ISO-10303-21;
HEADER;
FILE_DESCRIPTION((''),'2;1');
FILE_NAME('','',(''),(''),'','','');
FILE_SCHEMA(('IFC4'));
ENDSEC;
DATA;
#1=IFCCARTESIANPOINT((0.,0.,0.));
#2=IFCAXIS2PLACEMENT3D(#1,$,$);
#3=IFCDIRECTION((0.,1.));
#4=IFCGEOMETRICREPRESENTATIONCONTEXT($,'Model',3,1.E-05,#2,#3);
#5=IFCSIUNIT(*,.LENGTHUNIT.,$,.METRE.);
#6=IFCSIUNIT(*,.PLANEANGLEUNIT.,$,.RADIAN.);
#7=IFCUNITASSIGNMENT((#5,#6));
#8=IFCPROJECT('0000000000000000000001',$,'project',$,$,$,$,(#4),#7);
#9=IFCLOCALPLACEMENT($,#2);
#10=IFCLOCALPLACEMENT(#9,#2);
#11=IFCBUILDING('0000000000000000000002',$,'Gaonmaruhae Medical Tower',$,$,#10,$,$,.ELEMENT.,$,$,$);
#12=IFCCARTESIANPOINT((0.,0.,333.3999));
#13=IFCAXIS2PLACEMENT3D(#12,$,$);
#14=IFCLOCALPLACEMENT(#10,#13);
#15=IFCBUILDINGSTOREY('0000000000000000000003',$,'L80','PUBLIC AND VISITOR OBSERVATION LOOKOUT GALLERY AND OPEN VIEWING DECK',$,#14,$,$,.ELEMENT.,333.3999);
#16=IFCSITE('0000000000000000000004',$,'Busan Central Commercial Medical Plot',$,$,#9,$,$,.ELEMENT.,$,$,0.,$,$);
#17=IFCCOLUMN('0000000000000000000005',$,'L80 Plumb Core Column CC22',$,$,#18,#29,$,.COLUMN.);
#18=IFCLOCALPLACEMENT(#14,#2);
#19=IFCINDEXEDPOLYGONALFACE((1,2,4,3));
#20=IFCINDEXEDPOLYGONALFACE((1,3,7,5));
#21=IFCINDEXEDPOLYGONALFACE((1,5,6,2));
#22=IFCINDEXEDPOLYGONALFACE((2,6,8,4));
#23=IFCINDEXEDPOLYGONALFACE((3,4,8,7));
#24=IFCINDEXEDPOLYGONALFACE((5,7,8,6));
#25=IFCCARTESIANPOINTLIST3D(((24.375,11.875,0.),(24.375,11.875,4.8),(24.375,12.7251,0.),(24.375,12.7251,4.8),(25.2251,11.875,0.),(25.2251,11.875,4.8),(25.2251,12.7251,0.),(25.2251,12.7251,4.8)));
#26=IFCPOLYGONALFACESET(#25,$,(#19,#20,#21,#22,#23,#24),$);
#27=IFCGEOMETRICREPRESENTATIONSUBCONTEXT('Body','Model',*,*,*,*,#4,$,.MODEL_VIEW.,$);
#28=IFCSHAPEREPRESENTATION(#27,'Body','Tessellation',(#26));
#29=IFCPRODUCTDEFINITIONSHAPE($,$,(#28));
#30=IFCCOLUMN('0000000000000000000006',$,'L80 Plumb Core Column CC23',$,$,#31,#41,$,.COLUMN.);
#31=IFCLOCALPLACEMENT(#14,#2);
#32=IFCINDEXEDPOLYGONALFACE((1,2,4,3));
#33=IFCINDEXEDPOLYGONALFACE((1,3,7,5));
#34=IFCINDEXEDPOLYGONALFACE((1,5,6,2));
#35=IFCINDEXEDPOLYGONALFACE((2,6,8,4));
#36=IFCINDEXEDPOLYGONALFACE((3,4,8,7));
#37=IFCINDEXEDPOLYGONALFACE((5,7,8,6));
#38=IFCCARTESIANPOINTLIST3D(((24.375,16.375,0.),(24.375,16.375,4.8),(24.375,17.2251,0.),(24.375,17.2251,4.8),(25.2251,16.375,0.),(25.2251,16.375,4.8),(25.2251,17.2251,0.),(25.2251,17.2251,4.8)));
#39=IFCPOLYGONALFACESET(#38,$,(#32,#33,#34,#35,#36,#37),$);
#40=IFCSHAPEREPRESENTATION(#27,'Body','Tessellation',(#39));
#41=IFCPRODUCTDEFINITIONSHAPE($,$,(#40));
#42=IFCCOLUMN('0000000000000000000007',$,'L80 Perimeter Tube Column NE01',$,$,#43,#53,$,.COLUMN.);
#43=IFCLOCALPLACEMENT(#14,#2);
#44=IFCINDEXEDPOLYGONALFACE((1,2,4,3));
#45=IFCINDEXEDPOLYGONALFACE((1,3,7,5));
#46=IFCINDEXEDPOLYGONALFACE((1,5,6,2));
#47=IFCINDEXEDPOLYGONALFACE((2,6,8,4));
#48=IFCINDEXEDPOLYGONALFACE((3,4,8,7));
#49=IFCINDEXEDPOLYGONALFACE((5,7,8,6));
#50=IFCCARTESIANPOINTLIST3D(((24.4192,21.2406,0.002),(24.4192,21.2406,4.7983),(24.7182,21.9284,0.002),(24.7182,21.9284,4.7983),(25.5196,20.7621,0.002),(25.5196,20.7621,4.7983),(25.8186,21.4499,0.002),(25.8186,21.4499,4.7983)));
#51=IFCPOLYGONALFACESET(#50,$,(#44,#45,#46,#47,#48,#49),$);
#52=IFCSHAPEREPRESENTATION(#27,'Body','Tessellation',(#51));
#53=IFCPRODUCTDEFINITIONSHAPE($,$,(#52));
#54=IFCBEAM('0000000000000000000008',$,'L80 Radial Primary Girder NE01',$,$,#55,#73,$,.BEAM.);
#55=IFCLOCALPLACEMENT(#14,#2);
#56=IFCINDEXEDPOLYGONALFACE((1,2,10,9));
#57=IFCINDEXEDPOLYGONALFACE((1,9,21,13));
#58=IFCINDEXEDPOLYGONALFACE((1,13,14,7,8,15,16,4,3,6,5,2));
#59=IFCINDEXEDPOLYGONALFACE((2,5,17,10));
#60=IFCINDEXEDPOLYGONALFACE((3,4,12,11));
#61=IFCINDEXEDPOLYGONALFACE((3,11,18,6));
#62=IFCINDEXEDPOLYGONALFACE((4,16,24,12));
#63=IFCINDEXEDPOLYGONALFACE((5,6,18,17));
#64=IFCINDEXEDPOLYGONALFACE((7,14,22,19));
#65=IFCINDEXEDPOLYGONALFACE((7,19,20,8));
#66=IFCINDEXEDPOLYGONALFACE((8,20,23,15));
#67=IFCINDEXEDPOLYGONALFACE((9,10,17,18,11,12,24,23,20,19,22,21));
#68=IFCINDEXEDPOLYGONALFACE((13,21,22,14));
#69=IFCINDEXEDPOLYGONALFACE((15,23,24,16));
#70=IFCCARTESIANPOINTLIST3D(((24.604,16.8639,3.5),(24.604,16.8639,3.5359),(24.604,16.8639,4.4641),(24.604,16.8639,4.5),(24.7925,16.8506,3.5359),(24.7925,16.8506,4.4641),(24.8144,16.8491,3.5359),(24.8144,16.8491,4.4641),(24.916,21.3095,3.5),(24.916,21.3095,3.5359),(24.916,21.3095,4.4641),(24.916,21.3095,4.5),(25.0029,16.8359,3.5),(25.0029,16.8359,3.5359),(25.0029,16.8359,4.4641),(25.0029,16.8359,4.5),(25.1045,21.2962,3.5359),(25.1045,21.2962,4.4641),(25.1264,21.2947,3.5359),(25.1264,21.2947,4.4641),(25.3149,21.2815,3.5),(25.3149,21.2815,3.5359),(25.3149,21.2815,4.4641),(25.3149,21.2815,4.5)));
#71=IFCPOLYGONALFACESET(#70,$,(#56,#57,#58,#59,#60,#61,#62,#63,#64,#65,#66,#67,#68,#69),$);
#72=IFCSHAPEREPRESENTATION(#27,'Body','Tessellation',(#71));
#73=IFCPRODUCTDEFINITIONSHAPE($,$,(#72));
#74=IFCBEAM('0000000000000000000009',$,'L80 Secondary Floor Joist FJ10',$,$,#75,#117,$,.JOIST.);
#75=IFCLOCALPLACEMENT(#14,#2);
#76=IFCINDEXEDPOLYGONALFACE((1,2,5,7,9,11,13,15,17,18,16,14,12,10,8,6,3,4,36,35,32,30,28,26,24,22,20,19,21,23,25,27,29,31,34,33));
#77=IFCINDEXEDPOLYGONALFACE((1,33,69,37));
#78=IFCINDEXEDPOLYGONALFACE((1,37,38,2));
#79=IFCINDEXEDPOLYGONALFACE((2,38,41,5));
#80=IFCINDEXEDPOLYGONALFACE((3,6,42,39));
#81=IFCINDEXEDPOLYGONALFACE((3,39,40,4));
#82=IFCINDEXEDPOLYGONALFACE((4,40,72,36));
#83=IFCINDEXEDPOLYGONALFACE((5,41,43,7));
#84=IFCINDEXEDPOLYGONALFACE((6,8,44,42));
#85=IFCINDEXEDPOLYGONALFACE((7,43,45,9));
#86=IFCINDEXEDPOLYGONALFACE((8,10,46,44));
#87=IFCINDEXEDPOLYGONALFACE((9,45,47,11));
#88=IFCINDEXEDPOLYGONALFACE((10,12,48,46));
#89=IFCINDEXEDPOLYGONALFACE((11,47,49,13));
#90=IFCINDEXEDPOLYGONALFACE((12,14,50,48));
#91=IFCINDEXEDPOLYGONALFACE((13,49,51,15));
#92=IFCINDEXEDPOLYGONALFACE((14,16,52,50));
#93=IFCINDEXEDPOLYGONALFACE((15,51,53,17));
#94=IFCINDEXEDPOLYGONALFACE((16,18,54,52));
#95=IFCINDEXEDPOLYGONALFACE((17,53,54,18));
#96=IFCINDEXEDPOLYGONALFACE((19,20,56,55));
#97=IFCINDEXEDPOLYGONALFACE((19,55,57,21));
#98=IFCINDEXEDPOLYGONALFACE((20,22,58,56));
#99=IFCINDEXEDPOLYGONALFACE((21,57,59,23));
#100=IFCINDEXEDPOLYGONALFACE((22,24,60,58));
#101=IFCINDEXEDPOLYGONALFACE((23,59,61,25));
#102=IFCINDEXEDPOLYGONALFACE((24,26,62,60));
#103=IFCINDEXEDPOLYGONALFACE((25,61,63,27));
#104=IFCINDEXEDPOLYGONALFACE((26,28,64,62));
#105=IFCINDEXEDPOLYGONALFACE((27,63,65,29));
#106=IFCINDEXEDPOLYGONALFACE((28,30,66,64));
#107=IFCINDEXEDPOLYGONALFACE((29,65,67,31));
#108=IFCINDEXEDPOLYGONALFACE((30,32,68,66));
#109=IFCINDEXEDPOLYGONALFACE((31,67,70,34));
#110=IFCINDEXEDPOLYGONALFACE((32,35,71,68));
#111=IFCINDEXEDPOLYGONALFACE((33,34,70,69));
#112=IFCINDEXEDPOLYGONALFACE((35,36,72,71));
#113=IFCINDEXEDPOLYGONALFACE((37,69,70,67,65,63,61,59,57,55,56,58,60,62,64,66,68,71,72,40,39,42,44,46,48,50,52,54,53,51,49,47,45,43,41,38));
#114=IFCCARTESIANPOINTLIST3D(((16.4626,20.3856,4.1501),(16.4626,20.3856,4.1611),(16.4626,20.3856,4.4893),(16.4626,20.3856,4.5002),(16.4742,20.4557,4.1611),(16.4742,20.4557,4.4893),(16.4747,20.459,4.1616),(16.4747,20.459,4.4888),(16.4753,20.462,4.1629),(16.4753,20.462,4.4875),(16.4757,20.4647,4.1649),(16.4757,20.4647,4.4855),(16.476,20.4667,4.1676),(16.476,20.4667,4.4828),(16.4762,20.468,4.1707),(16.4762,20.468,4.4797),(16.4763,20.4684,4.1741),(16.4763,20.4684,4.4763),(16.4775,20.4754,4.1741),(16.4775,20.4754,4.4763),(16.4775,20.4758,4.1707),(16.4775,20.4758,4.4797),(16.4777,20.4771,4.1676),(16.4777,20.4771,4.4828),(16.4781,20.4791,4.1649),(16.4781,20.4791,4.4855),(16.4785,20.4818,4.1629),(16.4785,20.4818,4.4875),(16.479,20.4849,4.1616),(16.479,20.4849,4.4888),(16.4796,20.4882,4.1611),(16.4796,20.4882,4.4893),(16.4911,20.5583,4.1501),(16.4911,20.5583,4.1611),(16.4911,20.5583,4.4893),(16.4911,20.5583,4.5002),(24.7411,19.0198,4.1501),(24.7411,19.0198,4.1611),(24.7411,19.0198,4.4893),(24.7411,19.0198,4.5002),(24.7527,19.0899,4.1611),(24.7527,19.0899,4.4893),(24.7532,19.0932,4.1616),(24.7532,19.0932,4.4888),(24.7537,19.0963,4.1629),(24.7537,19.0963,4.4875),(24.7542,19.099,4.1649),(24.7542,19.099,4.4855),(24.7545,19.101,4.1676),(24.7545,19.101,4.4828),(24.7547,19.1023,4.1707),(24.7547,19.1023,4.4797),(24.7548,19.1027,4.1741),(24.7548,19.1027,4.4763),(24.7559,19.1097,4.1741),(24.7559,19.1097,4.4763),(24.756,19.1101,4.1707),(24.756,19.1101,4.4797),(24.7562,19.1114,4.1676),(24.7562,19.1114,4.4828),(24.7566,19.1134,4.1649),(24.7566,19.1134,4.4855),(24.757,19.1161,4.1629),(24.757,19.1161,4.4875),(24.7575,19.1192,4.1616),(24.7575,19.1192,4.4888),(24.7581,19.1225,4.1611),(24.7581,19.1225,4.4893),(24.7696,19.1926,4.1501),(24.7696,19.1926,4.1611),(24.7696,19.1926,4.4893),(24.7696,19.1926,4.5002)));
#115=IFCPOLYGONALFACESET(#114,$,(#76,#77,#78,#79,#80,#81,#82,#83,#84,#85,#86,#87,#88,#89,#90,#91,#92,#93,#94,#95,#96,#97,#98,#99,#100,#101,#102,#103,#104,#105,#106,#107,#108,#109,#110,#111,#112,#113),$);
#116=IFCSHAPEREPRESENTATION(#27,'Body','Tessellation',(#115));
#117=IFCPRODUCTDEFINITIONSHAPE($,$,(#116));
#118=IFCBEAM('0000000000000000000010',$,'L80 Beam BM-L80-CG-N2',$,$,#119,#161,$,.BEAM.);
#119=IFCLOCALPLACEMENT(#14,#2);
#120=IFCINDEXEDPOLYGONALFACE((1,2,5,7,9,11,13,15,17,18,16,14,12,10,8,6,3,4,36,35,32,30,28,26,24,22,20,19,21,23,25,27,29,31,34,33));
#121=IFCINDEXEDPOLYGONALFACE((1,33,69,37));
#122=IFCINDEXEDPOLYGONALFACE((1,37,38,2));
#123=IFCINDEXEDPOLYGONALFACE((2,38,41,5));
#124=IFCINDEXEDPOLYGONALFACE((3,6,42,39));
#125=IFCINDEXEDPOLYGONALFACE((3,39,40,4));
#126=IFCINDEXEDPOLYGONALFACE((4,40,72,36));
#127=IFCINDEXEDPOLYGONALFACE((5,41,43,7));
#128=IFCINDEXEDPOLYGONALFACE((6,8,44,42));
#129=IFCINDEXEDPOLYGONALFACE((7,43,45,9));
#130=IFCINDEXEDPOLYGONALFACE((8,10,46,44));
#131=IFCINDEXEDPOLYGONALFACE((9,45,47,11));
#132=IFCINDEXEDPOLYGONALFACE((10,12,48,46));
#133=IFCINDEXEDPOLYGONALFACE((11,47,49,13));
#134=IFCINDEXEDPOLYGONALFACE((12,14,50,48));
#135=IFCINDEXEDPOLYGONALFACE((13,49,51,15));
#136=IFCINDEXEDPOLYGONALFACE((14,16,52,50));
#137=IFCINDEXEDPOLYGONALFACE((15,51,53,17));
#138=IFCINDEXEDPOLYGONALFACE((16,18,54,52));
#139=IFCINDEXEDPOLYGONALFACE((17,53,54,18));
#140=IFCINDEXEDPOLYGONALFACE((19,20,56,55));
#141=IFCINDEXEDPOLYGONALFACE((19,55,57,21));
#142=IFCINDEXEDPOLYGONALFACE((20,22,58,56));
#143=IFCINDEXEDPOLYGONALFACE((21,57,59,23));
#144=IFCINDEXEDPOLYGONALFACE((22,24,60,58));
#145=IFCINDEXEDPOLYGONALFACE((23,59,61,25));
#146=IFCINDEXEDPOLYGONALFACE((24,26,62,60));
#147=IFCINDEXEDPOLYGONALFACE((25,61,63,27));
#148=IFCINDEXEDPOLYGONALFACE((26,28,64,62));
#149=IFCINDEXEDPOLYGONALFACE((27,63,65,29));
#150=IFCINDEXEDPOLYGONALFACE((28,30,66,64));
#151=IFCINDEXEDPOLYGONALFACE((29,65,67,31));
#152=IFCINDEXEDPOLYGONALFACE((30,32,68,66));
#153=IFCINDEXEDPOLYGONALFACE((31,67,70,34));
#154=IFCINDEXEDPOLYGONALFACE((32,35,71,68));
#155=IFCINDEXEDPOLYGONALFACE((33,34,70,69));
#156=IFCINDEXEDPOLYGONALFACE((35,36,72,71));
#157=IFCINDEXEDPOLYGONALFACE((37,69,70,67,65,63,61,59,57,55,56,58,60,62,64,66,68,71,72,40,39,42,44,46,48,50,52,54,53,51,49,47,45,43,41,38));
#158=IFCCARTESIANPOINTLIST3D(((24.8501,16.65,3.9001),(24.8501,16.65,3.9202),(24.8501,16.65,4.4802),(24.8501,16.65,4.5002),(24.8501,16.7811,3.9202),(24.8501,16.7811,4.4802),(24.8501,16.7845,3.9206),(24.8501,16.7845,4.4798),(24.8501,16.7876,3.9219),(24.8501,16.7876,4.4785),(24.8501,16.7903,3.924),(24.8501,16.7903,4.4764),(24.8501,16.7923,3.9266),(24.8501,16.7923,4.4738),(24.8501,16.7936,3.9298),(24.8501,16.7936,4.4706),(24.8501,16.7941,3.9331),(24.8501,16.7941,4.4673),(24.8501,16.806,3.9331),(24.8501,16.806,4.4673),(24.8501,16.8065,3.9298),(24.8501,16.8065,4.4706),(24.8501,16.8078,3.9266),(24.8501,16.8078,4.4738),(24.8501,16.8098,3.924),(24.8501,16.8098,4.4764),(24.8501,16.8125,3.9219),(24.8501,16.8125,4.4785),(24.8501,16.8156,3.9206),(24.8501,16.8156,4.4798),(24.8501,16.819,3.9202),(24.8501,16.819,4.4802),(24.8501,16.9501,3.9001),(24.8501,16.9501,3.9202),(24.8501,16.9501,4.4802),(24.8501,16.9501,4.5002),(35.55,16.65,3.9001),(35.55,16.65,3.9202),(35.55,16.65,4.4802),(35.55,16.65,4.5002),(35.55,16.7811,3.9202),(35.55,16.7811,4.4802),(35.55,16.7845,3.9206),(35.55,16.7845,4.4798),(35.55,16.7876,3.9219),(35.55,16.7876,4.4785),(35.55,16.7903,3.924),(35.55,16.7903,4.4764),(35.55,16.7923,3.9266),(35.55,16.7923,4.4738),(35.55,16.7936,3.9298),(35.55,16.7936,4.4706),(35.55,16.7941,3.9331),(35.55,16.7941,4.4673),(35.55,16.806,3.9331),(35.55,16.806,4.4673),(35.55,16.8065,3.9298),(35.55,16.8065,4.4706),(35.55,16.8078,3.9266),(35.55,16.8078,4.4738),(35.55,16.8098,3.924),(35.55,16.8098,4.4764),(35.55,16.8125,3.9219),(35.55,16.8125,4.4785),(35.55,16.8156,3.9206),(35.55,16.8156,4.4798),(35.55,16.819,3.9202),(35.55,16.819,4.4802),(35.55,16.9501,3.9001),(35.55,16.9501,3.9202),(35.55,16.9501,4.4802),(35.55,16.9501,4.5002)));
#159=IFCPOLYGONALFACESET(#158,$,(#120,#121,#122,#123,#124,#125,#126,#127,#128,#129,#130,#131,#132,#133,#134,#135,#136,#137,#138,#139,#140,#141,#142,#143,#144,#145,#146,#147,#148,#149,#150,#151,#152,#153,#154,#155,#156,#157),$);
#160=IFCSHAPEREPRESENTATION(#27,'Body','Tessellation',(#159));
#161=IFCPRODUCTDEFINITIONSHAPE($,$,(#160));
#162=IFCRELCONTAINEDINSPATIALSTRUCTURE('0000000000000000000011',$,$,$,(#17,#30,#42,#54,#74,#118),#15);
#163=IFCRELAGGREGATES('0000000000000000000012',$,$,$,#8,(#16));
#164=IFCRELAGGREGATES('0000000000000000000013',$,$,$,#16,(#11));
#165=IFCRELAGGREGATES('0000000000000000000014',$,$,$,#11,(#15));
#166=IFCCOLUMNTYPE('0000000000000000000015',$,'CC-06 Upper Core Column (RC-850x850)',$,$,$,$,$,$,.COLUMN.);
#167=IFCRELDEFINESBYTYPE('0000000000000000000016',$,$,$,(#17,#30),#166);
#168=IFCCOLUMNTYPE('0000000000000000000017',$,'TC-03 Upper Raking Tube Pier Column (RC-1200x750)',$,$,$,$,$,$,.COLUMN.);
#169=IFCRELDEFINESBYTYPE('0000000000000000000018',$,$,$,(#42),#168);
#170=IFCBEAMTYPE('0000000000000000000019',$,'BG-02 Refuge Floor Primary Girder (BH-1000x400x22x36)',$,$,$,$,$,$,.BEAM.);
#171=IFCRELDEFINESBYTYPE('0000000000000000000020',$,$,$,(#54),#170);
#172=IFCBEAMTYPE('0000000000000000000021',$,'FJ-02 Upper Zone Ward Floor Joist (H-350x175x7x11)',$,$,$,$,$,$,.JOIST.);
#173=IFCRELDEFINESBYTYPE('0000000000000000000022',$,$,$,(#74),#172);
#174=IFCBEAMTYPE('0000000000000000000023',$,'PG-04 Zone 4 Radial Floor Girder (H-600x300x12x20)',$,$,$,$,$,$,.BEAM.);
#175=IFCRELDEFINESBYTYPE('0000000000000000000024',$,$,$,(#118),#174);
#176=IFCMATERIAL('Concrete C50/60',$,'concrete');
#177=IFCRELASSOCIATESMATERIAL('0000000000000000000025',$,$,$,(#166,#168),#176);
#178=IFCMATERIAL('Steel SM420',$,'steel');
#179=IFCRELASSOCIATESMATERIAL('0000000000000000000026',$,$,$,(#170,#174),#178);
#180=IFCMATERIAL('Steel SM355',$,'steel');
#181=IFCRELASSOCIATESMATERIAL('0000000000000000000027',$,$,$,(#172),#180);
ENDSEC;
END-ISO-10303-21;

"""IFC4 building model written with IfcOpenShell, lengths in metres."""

from ifc_helpers import new_model, si_unit, direction, frame, origin, origin_2d, place, context, subcontext, project, spatial, rectangle, i_section, extrude, material, material_profile, profile_set, type_object, element, save


model = new_model("IFC4")

# Units and contexts
model_context = context("Model", 3, precision=1e-05, world=origin(), true_north=direction((0.0, 1.0)))
body_context = subcontext(model_context, "Body", "Model", "MODEL_VIEW")
ifc_project = project(units=[si_unit("LENGTHUNIT", "METRE"), si_unit("PLANEANGLEUNIT", "RADIAN")], contexts=[model_context])

# Site, building, storey
site_placement = place(None, origin())
site = spatial("IfcSite", under=ifc_project, at=site_placement, Name="Busan Central Commercial Medical Plot", CompositionType="ELEMENT", RefElevation=0.0)
building_placement = place(site_placement, origin())
building = spatial("IfcBuilding", under=site, at=building_placement, Name="Gaonmaruhae Medical Tower", CompositionType="ELEMENT")
storey_placement = place(building_placement, frame((0.0, 0.0, 333.3999)))
storey = spatial("IfcBuildingStorey", under=building, at=storey_placement, Name="L80", Description="PUBLIC AND VISITOR OBSERVATION LOOKOUT GALLERY AND OPEN VIEWING DECK", CompositionType="ELEMENT", Elevation=333.3999)

# Columns
ifc_material_1 = material(Name="Concrete C50/60", Category="concrete")
ifc_material_profile_1 = material_profile(ifc_material_1, rectangle(XDim=0.8501, YDim=0.8501, at=origin_2d()), Name="RC-850x850")
ifc_profile_set_1 = profile_set([ifc_material_profile_1], Name="Concrete C50/60")
column_type_1 = type_object("IfcColumnType", Name="CC-06 Upper Core Column (RC-850x850)", PredefinedType="COLUMN", material=ifc_profile_set_1)
for number, where, z_axis, x_axis, name in (
    (1, (24.8, 12.3, 0.0), (0.0, 0.0, 1.0), (1.0, 0.0, 0.0), "L80 Plumb Core Column CC22"),
    (2, (24.8, 16.8, 0.0), (0.0, 0.0, 1.0), (1.0, 0.0, 0.0), "L80 Plumb Core Column CC23"),
):
    element("IfcColumn", number, at=place(storey_placement, frame(where, z_axis=z_axis, x_axis=x_axis)), inside=storey, type_object=column_type_1, Name=name, PredefinedType="COLUMN", context=body_context, shape_type="SweptSolid", body=[
        extrude(rectangle(XDim=0.8501, YDim=0.8501, at=origin_2d()), origin(), (0.0, 0.0, 1.0), 4.8),
    ])
ifc_material_profile_2 = material_profile(ifc_material_1, rectangle(XDim=1.2, YDim=0.75, at=origin_2d()), Name="RC-1200x750")
ifc_profile_set_2 = profile_set([ifc_material_profile_2], Name="Concrete C50/60")
column_type_2 = type_object("IfcColumnType", Name="TC-03 Upper Raking Tube Pier Column (RC-1200x750)", PredefinedType="COLUMN", material=ifc_profile_set_2)
column_placement = place(storey_placement, frame((25.1189, 21.3452, 0.002), z_axis=(0.0, 0.0, 1.0), x_axis=(-0.91706, 0.398749, 0.0)))
element("IfcColumn", 3, at=column_placement, inside=storey, type_object=column_type_2, Name="L80 Perimeter Tube Column NE01", PredefinedType="COLUMN", context=body_context, shape_type="SweptSolid", body=[
    extrude(rectangle(XDim=1.2, YDim=0.75, at=origin_2d()), origin(), (0.0, 0.0, 1.0), 4.7964),
])

# Beams
ifc_material_2 = material(Name="Steel SM420", Category="steel")
ifc_material_profile_3 = material_profile(ifc_material_2, i_section(OverallWidth=0.3999, OverallDepth=1.0, WebThickness=0.022, FlangeThickness=0.0359, at=origin_2d()), Name="BH-1000x400x22x36")
ifc_profile_set_3 = profile_set([ifc_material_profile_3], Name="Steel SM420")
beam_type_1 = type_object("IfcBeamType", Name="BG-02 Refuge Floor Primary Girder (BH-1000x400x22x36)", PredefinedType="BEAM", material=ifc_profile_set_3)
beam_1_placement = place(storey_placement, frame((24.8035, 16.8499, 4.0), z_axis=(0.070013, 0.997546, 0.0), x_axis=(-0.997546, 0.070013, 0.0)))
element("IfcBeam", 4, at=beam_1_placement, inside=storey, type_object=beam_type_1, Name="L80 Radial Primary Girder NE01", PredefinedType="BEAM", context=body_context, shape_type="SweptSolid", body=[
    extrude(i_section(OverallWidth=0.3999, OverallDepth=1.0, WebThickness=0.022, FlangeThickness=0.0359, at=origin_2d()), origin(), (0.0, 0.0, 1.0), 4.4565),
])
ifc_material_3 = material(Name="Steel SM355", Category="steel")
ifc_material_profile_4 = material_profile(ifc_material_3, i_section(OverallWidth=0.175, OverallDepth=0.3501, WebThickness=0.0071, FlangeThickness=0.011, FilletRadius=0.0129, at=origin_2d()), Name="H-350x175x7x11")
ifc_profile_set_4 = profile_set([ifc_material_profile_4], Name="Steel SM355")
beam_type_2 = type_object("IfcBeamType", Name="FJ-02 Upper Zone Ward Floor Joist (H-350x175x7x11)", PredefinedType="JOIST", material=ifc_profile_set_4)
beam_2_placement = place(storey_placement, frame((24.7554, 19.1062, 4.3252), z_axis=(-0.986664, 0.162771, 0.0), x_axis=(-0.162771, -0.986664, 0.0)))
element("IfcBeam", 5, at=beam_2_placement, inside=storey, type_object=beam_type_2, Name="L80 Secondary Floor Joist FJ10", PredefinedType="JOIST", context=body_context, shape_type="SweptSolid", body=[
    extrude(i_section(OverallWidth=0.175, OverallDepth=0.3501, WebThickness=0.0071, FlangeThickness=0.011, FilletRadius=0.0129, at=origin_2d()), origin(), (0.0, 0.0, 1.0), 8.3904),
])
ifc_material_profile_5 = material_profile(ifc_material_2, i_section(OverallWidth=0.3, OverallDepth=0.6001, WebThickness=0.012, FlangeThickness=0.02, FilletRadius=0.0129, at=origin_2d()), Name="H-600x300x12x20")
ifc_profile_set_5 = profile_set([ifc_material_profile_5], Name="Steel SM420")
beam_type_3 = type_object("IfcBeamType", Name="PG-04 Zone 4 Radial Floor Girder (H-600x300x12x20)", PredefinedType="BEAM", material=ifc_profile_set_5)
beam_3_placement = place(storey_placement, frame((24.8501, 16.8, 4.2002), z_axis=(1.0, 0.0, 0.0), x_axis=(0.0, 1.0, 0.0)))
element("IfcBeam", 6, at=beam_3_placement, inside=storey, type_object=beam_type_3, Name="L80 Beam BM-L80-CG-N2", PredefinedType="BEAM", context=body_context, shape_type="SweptSolid", body=[
    extrude(i_section(OverallWidth=0.3, OverallDepth=0.6001, WebThickness=0.012, FlangeThickness=0.02, FilletRadius=0.0129, at=origin_2d()), origin(), (0.0, 0.0, 1.0), 10.7),
])

save(model, "model.ifc")
